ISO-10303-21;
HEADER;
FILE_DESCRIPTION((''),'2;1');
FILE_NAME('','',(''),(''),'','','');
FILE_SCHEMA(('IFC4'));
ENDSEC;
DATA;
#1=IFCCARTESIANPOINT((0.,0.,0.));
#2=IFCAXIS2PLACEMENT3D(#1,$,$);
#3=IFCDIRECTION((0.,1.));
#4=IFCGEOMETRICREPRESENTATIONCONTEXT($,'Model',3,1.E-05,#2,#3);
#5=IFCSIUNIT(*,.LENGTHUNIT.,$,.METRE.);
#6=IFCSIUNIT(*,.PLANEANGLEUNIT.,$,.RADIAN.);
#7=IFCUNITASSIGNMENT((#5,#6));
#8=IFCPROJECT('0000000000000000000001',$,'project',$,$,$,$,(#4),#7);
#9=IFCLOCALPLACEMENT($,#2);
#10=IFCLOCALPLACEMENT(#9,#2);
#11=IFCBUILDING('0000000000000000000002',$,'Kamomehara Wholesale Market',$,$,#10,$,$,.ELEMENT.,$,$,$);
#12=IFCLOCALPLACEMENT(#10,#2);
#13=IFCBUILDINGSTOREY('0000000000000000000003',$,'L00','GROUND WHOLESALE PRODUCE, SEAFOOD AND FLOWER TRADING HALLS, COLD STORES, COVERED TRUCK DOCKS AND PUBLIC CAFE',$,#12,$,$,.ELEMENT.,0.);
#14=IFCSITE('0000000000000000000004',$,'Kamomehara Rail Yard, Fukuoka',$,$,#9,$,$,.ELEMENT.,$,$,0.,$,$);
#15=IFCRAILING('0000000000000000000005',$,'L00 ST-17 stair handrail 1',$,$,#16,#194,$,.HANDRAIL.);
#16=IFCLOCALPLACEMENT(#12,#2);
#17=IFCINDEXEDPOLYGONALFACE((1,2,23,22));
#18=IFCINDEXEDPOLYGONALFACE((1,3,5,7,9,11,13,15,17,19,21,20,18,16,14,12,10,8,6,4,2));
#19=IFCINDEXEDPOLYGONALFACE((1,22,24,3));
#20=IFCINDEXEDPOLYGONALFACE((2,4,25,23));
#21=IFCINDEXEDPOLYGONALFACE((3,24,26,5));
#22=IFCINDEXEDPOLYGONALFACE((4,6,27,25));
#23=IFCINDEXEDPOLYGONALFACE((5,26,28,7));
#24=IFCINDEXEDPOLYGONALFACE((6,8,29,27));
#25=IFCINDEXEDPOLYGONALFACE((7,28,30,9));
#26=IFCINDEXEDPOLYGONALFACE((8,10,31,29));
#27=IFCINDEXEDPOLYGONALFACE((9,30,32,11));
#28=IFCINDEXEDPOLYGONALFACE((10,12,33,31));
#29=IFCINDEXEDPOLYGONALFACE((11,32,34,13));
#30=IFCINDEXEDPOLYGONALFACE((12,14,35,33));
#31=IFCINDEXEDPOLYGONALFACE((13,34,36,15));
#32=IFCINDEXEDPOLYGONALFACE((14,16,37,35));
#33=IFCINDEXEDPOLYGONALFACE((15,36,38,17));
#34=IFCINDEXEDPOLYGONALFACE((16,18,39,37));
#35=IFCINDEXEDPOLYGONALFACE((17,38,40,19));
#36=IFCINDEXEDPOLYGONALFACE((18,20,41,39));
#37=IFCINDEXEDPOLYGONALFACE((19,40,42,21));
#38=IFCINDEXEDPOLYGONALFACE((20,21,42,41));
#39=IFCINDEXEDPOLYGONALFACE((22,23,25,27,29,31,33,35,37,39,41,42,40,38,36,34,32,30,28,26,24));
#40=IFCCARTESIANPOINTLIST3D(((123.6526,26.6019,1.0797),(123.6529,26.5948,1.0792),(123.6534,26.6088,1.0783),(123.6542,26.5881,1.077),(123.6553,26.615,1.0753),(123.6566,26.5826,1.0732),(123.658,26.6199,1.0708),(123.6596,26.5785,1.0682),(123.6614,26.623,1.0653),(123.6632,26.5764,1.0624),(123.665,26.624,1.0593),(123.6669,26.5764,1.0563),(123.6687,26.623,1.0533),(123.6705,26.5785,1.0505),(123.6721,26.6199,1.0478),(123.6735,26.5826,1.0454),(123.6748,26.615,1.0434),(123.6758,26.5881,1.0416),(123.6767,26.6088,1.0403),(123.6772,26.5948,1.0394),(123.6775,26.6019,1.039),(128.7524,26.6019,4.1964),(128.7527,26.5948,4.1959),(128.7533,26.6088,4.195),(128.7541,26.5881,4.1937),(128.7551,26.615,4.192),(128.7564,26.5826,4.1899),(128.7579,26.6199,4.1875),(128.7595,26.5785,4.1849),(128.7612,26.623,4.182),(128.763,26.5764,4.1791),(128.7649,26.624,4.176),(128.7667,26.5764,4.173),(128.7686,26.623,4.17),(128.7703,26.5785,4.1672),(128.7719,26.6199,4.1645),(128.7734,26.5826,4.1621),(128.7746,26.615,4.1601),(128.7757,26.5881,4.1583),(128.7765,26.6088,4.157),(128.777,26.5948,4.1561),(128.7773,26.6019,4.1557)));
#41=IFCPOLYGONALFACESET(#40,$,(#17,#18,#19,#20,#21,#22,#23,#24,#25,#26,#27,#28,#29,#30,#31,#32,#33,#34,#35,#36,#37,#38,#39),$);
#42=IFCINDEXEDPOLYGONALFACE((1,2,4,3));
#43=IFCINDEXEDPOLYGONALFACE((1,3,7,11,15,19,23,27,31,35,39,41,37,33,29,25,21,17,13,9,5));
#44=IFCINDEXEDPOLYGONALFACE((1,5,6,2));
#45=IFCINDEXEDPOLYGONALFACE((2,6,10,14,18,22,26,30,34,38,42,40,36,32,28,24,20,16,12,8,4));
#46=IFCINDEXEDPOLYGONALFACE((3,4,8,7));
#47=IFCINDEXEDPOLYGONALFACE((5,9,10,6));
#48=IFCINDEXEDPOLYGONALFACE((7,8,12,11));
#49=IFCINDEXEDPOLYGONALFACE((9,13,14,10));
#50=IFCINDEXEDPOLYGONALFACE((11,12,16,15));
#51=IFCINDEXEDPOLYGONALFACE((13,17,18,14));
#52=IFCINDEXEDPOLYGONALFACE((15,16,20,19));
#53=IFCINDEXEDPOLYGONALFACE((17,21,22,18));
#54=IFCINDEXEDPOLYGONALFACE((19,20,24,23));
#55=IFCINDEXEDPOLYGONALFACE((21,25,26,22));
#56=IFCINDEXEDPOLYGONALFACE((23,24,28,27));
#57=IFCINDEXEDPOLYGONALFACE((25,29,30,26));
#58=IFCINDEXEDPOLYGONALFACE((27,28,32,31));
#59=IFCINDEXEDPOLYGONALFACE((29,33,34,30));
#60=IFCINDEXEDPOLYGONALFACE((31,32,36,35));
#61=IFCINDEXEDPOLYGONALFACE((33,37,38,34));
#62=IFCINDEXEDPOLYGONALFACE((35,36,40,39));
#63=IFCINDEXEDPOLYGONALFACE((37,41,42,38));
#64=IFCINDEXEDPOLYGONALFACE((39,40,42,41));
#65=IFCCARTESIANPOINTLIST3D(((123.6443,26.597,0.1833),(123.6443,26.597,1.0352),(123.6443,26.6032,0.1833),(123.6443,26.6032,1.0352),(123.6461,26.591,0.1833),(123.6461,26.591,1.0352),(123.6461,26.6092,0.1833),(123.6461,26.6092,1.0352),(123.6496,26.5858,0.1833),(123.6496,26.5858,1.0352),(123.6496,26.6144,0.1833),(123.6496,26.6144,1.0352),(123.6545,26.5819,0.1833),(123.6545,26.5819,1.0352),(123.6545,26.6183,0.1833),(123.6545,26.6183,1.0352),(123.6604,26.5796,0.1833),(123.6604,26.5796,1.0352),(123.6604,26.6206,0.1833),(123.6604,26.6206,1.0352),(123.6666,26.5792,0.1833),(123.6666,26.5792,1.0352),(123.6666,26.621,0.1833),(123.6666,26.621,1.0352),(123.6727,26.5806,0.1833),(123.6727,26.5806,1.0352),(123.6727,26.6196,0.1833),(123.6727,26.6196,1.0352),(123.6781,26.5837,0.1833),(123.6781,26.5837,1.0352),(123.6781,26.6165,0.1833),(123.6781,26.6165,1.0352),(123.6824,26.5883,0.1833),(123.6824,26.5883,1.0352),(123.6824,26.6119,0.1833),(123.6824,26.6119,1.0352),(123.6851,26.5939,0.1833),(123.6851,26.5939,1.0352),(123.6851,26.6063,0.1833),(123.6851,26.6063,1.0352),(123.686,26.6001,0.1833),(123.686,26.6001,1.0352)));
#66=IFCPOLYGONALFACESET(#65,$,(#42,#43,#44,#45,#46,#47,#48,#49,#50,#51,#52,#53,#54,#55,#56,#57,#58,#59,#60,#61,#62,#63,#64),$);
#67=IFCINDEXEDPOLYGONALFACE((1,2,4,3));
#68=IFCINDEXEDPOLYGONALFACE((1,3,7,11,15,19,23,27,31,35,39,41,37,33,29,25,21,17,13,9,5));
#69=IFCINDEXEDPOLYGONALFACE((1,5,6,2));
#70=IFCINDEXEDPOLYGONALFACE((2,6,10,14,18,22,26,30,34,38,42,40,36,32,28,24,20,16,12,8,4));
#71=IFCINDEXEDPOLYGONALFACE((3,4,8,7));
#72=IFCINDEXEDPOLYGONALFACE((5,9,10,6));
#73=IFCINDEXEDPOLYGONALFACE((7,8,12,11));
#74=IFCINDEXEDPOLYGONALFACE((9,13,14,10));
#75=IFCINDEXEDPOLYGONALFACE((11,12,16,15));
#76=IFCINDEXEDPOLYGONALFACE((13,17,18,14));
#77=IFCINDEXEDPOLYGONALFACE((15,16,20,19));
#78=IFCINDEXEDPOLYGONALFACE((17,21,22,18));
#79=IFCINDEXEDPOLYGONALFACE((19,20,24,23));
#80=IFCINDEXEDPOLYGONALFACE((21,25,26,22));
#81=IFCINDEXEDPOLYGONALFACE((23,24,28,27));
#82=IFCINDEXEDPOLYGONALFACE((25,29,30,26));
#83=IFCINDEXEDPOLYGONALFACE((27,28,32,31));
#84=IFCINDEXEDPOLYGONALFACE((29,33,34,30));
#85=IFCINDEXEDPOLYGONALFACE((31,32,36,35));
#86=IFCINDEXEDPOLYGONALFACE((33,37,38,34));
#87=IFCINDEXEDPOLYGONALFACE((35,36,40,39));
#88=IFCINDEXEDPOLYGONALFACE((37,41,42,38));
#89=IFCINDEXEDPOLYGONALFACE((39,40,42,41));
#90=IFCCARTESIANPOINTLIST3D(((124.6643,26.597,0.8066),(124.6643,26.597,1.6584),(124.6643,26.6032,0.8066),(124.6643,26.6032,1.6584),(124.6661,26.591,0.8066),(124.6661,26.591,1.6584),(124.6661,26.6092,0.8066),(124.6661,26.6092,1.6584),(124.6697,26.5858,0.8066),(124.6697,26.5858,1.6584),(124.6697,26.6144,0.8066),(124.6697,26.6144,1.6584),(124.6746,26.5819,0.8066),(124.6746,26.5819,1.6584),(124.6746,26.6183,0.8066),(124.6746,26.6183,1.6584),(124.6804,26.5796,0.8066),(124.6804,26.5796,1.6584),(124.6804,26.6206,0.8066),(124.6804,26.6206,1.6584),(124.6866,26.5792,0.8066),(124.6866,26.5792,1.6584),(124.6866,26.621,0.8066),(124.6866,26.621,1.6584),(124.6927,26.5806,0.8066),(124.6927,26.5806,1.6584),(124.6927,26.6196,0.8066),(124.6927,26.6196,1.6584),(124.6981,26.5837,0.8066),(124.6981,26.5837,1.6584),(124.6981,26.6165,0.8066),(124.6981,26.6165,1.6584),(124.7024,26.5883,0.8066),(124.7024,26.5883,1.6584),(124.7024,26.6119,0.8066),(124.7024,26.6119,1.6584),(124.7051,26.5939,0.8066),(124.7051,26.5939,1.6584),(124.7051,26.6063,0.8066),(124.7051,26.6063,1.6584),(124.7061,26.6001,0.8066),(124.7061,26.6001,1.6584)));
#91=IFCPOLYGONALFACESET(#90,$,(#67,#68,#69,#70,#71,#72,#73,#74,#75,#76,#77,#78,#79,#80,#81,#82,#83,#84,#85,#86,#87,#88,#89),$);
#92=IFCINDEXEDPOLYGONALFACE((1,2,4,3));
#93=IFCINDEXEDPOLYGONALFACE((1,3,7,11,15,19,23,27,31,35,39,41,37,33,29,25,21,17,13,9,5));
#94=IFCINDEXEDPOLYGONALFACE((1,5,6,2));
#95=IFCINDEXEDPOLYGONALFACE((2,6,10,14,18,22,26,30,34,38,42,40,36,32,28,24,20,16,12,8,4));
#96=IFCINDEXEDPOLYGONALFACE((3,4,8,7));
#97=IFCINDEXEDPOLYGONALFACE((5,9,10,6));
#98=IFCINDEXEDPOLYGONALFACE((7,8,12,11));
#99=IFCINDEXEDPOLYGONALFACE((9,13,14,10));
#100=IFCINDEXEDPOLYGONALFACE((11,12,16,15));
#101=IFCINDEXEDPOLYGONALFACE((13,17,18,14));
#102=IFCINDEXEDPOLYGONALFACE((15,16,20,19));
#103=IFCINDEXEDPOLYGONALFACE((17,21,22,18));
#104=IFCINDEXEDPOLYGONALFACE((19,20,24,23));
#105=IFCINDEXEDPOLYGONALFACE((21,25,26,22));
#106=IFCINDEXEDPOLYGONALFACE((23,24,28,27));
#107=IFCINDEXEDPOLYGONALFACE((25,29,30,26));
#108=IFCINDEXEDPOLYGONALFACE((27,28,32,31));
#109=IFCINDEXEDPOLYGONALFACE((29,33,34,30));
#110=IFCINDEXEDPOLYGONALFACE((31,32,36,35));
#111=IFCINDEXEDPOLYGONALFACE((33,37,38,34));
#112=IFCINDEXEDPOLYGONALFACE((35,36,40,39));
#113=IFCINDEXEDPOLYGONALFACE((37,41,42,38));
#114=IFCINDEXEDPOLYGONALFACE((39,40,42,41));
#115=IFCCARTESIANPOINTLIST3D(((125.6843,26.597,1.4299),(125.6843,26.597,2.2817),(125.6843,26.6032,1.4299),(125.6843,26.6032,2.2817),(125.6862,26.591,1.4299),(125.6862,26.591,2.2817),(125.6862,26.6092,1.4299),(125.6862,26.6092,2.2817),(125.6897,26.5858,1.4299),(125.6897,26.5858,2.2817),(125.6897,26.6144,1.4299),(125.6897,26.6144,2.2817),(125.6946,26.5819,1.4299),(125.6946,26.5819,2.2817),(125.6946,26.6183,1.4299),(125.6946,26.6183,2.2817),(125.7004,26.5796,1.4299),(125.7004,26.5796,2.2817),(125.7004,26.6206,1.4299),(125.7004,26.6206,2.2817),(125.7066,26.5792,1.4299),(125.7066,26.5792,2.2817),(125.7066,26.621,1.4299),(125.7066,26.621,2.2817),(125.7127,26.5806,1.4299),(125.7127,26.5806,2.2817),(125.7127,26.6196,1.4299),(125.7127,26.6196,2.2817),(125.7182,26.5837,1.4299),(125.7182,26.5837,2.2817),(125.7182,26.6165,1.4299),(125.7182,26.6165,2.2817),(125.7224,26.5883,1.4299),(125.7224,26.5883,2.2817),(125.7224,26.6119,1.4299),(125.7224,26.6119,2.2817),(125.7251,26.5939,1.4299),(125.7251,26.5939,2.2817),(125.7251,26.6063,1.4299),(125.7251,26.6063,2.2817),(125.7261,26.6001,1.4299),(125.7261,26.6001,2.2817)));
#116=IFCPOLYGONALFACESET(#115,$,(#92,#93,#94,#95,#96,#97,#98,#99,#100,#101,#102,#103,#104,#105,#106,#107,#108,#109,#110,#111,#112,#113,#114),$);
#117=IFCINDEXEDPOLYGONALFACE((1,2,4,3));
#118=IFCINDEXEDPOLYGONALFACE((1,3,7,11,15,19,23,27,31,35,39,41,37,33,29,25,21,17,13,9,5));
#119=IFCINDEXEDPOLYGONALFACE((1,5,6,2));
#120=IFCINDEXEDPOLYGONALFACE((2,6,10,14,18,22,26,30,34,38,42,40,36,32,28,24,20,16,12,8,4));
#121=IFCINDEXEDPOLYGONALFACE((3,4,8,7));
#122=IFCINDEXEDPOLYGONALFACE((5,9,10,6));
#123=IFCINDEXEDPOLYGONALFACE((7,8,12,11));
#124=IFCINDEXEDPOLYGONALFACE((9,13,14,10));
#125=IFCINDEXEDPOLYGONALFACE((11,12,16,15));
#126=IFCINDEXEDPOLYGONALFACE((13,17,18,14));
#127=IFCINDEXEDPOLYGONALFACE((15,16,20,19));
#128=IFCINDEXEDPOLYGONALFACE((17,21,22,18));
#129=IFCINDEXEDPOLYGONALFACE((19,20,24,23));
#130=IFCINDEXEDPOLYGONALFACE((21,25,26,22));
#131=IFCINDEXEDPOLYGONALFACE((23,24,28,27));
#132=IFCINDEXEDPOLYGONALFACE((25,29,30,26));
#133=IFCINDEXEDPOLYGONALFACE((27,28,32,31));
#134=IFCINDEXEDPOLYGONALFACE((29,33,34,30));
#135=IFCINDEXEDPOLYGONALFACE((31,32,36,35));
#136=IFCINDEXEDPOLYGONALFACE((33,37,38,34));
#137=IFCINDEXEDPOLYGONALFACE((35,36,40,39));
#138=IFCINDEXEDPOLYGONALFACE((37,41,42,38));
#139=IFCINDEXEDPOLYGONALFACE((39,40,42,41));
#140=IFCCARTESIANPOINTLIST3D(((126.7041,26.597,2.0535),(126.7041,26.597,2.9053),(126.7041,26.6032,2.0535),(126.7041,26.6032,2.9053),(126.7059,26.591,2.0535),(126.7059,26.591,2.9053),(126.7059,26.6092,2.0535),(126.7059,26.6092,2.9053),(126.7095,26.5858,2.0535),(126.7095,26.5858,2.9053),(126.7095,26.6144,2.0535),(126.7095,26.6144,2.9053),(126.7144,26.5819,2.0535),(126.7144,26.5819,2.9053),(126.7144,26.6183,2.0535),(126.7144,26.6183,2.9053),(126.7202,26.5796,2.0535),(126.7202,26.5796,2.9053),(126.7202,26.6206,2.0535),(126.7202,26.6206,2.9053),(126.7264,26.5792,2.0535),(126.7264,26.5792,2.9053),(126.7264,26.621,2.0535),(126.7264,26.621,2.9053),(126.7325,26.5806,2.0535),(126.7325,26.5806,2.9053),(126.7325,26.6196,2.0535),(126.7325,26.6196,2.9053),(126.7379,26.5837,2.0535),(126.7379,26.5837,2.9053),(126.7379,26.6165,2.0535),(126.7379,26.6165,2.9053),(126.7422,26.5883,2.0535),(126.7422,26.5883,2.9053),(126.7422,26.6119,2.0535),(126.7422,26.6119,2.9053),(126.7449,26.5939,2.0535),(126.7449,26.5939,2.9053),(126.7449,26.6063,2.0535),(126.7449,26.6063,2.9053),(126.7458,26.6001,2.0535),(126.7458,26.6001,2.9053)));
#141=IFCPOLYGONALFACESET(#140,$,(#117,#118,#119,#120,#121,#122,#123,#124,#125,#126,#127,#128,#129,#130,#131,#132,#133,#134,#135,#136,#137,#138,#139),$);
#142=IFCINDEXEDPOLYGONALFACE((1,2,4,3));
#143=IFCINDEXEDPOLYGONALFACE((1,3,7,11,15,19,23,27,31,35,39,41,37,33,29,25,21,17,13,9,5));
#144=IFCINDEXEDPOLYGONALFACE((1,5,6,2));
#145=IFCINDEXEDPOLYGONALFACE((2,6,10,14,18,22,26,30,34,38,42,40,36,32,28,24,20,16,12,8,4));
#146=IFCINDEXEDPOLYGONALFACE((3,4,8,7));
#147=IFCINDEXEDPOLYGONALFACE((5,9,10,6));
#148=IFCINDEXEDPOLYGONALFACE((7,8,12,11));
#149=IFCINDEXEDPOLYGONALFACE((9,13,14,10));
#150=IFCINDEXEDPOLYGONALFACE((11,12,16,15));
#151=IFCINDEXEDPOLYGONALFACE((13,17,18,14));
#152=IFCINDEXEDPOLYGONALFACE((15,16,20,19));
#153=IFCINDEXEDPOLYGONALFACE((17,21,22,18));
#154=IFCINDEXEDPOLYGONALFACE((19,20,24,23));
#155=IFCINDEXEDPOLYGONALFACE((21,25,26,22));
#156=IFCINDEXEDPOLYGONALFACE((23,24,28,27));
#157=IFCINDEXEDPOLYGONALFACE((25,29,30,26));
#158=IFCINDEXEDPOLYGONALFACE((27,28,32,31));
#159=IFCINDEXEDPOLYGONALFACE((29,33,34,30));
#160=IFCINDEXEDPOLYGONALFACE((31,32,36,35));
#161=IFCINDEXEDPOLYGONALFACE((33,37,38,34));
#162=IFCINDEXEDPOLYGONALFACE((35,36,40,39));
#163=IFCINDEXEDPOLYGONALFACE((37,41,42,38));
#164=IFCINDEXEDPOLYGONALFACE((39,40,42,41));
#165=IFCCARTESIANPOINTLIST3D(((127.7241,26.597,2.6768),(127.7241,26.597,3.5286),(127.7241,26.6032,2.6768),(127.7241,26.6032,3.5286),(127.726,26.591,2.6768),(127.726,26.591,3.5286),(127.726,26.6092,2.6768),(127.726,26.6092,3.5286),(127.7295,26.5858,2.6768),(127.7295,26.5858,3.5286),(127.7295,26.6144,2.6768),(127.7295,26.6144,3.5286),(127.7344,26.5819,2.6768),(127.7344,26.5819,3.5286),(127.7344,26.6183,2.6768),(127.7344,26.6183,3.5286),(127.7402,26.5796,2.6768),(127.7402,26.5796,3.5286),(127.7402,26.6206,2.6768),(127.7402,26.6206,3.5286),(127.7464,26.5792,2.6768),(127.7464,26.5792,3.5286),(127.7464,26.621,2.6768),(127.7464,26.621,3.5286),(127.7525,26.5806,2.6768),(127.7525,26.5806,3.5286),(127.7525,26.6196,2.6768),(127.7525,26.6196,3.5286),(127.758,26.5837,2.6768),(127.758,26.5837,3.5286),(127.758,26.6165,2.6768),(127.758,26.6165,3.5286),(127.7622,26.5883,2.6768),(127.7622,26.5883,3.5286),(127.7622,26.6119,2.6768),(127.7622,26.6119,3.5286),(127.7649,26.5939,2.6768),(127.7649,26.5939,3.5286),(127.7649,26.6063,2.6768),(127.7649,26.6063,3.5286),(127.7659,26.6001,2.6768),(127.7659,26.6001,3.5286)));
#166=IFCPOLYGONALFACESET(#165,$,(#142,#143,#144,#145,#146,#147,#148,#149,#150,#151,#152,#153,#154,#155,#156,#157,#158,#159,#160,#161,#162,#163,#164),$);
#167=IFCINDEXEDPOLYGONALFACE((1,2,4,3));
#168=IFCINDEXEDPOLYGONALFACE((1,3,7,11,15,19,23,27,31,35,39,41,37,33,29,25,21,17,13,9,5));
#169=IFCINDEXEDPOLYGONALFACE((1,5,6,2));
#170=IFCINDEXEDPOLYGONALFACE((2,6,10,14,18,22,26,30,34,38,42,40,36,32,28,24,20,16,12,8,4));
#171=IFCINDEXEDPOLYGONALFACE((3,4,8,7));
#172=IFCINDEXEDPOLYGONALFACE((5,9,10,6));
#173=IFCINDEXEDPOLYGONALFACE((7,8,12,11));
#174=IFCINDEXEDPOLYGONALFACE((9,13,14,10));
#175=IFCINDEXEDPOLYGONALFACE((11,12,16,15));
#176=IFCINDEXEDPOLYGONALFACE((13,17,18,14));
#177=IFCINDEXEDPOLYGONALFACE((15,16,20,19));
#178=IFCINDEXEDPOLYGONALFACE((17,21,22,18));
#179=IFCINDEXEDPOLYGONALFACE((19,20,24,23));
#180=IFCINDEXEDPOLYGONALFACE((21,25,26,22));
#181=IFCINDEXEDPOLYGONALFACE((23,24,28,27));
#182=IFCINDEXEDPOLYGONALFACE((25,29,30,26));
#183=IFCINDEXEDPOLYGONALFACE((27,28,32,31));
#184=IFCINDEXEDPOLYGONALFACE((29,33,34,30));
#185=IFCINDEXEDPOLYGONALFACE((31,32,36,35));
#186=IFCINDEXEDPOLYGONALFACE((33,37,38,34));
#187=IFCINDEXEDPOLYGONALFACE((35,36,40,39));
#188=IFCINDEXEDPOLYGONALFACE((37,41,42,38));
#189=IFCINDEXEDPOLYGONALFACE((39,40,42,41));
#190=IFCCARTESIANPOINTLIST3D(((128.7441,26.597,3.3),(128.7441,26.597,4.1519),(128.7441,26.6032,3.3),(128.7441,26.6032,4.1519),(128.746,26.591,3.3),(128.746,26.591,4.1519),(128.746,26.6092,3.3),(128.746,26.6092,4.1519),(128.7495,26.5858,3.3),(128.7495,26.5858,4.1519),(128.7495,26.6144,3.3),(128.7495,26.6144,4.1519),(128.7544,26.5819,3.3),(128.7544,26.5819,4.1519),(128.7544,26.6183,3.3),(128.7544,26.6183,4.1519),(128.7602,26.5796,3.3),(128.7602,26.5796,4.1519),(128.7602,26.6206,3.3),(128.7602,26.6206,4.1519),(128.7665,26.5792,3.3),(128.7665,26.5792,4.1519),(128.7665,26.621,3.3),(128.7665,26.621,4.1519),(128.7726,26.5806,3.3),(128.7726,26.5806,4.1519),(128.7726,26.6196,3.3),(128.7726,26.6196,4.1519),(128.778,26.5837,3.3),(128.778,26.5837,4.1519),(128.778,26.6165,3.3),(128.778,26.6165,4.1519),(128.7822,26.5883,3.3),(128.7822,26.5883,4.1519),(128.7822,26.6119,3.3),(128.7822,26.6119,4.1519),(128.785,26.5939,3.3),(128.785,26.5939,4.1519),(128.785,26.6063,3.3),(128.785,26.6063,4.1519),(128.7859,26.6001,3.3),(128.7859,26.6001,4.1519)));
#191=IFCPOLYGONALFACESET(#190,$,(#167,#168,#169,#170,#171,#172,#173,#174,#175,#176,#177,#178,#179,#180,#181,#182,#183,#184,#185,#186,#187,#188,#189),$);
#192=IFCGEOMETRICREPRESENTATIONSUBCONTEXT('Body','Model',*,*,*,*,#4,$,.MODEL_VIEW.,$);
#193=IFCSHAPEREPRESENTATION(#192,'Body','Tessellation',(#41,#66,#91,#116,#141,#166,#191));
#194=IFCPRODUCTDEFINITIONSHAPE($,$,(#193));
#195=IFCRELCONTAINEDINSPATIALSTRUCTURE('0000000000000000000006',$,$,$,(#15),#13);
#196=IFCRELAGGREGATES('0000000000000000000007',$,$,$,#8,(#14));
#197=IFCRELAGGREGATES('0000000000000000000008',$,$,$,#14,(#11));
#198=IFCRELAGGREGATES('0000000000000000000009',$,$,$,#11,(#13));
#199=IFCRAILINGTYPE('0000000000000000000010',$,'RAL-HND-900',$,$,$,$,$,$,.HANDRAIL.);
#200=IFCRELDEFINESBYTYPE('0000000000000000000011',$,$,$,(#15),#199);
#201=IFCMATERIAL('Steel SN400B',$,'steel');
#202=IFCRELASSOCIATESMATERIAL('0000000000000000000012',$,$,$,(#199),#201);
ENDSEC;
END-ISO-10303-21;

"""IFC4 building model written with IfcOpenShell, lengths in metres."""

from ifc_helpers import new_model, si_unit, direction, frame, origin, origin_2d, place, context, subcontext, project, spatial, circle, extrude, material, type_object, element, save


model = new_model("IFC4")

# Units and contexts
model_context = context("Model", 3, precision=1e-05, world=origin(), true_north=direction((0.0, 1.0)))
body_context = subcontext(model_context, "Body", "Model", "MODEL_VIEW")
ifc_project = project(units=[si_unit("LENGTHUNIT", "METRE"), si_unit("PLANEANGLEUNIT", "RADIAN")], contexts=[model_context])

# Site, building, storey
site_placement = place(None, origin())
site = spatial("IfcSite", under=ifc_project, at=site_placement, Name="Kamomehara Rail Yard, Fukuoka", CompositionType="ELEMENT", RefElevation=0.0)
building_placement = place(site_placement, origin())
building = spatial("IfcBuilding", under=site, at=building_placement, Name="Kamomehara Wholesale Market", CompositionType="ELEMENT")
storey_placement = place(building_placement, origin())
storey = spatial("IfcBuildingStorey", under=building, at=storey_placement, Name="L00", Description="GROUND WHOLESALE PRODUCE, SEAFOOD AND FLOWER TRADING HALLS, COLD STORES, COVERED TRUCK DOCKS AND PUBLIC CAFE", CompositionType="ELEMENT", Elevation=0.0)

# Railing
ifc_material_1 = material(Name="Steel SN400B", Category="steel")
railing_type_1 = type_object("IfcRailingType", Name="RAL-HND-900", PredefinedType="HANDRAIL", material=ifc_material_1)
railing_1_placement = place(storey_placement, frame((123.665, 26.6001, 0.1833)))
element("IfcRailing", 1, at=railing_1_placement, inside=storey, type_object=railing_type_1, Name="L00 ST-17 stair handrail 1", PredefinedType="HANDRAIL", context=body_context, shape_type="SweptSolid", body=[
    extrude(circle(Radius=0.0239, at=origin_2d()), frame((0.0, 0.0, 0.876), z_axis=(0.853273, 0.0, 0.521465), x_axis=(0.0, 1.0, 0.0)), (0.0, 0.0, 1.0), 5.9768),
    extrude(circle(Radius=0.021, at=origin_2d()), origin(), (0.0, 0.0, 1.0), 0.8518),
    extrude(circle(Radius=0.021, at=origin_2d()), frame((1.02, 0.0, 0.6233)), (0.0, 0.0, 1.0), 0.8518),
    extrude(circle(Radius=0.021, at=origin_2d()), frame((2.04, 0.0, 1.2466)), (0.0, 0.0, 1.0), 0.8518),
    extrude(circle(Radius=0.021, at=origin_2d()), frame((3.0598, 0.0, 1.8701)), (0.0, 0.0, 1.0), 0.8518),
    extrude(circle(Radius=0.021, at=origin_2d()), frame((4.0798, 0.0, 2.4934)), (0.0, 0.0, 1.0), 0.8518),
    extrude(circle(Radius=0.021, at=origin_2d()), frame((5.0999, 0.0, 3.1167)), (0.0, 0.0, 1.0), 0.8518),
])

save(model, "model.ifc")
